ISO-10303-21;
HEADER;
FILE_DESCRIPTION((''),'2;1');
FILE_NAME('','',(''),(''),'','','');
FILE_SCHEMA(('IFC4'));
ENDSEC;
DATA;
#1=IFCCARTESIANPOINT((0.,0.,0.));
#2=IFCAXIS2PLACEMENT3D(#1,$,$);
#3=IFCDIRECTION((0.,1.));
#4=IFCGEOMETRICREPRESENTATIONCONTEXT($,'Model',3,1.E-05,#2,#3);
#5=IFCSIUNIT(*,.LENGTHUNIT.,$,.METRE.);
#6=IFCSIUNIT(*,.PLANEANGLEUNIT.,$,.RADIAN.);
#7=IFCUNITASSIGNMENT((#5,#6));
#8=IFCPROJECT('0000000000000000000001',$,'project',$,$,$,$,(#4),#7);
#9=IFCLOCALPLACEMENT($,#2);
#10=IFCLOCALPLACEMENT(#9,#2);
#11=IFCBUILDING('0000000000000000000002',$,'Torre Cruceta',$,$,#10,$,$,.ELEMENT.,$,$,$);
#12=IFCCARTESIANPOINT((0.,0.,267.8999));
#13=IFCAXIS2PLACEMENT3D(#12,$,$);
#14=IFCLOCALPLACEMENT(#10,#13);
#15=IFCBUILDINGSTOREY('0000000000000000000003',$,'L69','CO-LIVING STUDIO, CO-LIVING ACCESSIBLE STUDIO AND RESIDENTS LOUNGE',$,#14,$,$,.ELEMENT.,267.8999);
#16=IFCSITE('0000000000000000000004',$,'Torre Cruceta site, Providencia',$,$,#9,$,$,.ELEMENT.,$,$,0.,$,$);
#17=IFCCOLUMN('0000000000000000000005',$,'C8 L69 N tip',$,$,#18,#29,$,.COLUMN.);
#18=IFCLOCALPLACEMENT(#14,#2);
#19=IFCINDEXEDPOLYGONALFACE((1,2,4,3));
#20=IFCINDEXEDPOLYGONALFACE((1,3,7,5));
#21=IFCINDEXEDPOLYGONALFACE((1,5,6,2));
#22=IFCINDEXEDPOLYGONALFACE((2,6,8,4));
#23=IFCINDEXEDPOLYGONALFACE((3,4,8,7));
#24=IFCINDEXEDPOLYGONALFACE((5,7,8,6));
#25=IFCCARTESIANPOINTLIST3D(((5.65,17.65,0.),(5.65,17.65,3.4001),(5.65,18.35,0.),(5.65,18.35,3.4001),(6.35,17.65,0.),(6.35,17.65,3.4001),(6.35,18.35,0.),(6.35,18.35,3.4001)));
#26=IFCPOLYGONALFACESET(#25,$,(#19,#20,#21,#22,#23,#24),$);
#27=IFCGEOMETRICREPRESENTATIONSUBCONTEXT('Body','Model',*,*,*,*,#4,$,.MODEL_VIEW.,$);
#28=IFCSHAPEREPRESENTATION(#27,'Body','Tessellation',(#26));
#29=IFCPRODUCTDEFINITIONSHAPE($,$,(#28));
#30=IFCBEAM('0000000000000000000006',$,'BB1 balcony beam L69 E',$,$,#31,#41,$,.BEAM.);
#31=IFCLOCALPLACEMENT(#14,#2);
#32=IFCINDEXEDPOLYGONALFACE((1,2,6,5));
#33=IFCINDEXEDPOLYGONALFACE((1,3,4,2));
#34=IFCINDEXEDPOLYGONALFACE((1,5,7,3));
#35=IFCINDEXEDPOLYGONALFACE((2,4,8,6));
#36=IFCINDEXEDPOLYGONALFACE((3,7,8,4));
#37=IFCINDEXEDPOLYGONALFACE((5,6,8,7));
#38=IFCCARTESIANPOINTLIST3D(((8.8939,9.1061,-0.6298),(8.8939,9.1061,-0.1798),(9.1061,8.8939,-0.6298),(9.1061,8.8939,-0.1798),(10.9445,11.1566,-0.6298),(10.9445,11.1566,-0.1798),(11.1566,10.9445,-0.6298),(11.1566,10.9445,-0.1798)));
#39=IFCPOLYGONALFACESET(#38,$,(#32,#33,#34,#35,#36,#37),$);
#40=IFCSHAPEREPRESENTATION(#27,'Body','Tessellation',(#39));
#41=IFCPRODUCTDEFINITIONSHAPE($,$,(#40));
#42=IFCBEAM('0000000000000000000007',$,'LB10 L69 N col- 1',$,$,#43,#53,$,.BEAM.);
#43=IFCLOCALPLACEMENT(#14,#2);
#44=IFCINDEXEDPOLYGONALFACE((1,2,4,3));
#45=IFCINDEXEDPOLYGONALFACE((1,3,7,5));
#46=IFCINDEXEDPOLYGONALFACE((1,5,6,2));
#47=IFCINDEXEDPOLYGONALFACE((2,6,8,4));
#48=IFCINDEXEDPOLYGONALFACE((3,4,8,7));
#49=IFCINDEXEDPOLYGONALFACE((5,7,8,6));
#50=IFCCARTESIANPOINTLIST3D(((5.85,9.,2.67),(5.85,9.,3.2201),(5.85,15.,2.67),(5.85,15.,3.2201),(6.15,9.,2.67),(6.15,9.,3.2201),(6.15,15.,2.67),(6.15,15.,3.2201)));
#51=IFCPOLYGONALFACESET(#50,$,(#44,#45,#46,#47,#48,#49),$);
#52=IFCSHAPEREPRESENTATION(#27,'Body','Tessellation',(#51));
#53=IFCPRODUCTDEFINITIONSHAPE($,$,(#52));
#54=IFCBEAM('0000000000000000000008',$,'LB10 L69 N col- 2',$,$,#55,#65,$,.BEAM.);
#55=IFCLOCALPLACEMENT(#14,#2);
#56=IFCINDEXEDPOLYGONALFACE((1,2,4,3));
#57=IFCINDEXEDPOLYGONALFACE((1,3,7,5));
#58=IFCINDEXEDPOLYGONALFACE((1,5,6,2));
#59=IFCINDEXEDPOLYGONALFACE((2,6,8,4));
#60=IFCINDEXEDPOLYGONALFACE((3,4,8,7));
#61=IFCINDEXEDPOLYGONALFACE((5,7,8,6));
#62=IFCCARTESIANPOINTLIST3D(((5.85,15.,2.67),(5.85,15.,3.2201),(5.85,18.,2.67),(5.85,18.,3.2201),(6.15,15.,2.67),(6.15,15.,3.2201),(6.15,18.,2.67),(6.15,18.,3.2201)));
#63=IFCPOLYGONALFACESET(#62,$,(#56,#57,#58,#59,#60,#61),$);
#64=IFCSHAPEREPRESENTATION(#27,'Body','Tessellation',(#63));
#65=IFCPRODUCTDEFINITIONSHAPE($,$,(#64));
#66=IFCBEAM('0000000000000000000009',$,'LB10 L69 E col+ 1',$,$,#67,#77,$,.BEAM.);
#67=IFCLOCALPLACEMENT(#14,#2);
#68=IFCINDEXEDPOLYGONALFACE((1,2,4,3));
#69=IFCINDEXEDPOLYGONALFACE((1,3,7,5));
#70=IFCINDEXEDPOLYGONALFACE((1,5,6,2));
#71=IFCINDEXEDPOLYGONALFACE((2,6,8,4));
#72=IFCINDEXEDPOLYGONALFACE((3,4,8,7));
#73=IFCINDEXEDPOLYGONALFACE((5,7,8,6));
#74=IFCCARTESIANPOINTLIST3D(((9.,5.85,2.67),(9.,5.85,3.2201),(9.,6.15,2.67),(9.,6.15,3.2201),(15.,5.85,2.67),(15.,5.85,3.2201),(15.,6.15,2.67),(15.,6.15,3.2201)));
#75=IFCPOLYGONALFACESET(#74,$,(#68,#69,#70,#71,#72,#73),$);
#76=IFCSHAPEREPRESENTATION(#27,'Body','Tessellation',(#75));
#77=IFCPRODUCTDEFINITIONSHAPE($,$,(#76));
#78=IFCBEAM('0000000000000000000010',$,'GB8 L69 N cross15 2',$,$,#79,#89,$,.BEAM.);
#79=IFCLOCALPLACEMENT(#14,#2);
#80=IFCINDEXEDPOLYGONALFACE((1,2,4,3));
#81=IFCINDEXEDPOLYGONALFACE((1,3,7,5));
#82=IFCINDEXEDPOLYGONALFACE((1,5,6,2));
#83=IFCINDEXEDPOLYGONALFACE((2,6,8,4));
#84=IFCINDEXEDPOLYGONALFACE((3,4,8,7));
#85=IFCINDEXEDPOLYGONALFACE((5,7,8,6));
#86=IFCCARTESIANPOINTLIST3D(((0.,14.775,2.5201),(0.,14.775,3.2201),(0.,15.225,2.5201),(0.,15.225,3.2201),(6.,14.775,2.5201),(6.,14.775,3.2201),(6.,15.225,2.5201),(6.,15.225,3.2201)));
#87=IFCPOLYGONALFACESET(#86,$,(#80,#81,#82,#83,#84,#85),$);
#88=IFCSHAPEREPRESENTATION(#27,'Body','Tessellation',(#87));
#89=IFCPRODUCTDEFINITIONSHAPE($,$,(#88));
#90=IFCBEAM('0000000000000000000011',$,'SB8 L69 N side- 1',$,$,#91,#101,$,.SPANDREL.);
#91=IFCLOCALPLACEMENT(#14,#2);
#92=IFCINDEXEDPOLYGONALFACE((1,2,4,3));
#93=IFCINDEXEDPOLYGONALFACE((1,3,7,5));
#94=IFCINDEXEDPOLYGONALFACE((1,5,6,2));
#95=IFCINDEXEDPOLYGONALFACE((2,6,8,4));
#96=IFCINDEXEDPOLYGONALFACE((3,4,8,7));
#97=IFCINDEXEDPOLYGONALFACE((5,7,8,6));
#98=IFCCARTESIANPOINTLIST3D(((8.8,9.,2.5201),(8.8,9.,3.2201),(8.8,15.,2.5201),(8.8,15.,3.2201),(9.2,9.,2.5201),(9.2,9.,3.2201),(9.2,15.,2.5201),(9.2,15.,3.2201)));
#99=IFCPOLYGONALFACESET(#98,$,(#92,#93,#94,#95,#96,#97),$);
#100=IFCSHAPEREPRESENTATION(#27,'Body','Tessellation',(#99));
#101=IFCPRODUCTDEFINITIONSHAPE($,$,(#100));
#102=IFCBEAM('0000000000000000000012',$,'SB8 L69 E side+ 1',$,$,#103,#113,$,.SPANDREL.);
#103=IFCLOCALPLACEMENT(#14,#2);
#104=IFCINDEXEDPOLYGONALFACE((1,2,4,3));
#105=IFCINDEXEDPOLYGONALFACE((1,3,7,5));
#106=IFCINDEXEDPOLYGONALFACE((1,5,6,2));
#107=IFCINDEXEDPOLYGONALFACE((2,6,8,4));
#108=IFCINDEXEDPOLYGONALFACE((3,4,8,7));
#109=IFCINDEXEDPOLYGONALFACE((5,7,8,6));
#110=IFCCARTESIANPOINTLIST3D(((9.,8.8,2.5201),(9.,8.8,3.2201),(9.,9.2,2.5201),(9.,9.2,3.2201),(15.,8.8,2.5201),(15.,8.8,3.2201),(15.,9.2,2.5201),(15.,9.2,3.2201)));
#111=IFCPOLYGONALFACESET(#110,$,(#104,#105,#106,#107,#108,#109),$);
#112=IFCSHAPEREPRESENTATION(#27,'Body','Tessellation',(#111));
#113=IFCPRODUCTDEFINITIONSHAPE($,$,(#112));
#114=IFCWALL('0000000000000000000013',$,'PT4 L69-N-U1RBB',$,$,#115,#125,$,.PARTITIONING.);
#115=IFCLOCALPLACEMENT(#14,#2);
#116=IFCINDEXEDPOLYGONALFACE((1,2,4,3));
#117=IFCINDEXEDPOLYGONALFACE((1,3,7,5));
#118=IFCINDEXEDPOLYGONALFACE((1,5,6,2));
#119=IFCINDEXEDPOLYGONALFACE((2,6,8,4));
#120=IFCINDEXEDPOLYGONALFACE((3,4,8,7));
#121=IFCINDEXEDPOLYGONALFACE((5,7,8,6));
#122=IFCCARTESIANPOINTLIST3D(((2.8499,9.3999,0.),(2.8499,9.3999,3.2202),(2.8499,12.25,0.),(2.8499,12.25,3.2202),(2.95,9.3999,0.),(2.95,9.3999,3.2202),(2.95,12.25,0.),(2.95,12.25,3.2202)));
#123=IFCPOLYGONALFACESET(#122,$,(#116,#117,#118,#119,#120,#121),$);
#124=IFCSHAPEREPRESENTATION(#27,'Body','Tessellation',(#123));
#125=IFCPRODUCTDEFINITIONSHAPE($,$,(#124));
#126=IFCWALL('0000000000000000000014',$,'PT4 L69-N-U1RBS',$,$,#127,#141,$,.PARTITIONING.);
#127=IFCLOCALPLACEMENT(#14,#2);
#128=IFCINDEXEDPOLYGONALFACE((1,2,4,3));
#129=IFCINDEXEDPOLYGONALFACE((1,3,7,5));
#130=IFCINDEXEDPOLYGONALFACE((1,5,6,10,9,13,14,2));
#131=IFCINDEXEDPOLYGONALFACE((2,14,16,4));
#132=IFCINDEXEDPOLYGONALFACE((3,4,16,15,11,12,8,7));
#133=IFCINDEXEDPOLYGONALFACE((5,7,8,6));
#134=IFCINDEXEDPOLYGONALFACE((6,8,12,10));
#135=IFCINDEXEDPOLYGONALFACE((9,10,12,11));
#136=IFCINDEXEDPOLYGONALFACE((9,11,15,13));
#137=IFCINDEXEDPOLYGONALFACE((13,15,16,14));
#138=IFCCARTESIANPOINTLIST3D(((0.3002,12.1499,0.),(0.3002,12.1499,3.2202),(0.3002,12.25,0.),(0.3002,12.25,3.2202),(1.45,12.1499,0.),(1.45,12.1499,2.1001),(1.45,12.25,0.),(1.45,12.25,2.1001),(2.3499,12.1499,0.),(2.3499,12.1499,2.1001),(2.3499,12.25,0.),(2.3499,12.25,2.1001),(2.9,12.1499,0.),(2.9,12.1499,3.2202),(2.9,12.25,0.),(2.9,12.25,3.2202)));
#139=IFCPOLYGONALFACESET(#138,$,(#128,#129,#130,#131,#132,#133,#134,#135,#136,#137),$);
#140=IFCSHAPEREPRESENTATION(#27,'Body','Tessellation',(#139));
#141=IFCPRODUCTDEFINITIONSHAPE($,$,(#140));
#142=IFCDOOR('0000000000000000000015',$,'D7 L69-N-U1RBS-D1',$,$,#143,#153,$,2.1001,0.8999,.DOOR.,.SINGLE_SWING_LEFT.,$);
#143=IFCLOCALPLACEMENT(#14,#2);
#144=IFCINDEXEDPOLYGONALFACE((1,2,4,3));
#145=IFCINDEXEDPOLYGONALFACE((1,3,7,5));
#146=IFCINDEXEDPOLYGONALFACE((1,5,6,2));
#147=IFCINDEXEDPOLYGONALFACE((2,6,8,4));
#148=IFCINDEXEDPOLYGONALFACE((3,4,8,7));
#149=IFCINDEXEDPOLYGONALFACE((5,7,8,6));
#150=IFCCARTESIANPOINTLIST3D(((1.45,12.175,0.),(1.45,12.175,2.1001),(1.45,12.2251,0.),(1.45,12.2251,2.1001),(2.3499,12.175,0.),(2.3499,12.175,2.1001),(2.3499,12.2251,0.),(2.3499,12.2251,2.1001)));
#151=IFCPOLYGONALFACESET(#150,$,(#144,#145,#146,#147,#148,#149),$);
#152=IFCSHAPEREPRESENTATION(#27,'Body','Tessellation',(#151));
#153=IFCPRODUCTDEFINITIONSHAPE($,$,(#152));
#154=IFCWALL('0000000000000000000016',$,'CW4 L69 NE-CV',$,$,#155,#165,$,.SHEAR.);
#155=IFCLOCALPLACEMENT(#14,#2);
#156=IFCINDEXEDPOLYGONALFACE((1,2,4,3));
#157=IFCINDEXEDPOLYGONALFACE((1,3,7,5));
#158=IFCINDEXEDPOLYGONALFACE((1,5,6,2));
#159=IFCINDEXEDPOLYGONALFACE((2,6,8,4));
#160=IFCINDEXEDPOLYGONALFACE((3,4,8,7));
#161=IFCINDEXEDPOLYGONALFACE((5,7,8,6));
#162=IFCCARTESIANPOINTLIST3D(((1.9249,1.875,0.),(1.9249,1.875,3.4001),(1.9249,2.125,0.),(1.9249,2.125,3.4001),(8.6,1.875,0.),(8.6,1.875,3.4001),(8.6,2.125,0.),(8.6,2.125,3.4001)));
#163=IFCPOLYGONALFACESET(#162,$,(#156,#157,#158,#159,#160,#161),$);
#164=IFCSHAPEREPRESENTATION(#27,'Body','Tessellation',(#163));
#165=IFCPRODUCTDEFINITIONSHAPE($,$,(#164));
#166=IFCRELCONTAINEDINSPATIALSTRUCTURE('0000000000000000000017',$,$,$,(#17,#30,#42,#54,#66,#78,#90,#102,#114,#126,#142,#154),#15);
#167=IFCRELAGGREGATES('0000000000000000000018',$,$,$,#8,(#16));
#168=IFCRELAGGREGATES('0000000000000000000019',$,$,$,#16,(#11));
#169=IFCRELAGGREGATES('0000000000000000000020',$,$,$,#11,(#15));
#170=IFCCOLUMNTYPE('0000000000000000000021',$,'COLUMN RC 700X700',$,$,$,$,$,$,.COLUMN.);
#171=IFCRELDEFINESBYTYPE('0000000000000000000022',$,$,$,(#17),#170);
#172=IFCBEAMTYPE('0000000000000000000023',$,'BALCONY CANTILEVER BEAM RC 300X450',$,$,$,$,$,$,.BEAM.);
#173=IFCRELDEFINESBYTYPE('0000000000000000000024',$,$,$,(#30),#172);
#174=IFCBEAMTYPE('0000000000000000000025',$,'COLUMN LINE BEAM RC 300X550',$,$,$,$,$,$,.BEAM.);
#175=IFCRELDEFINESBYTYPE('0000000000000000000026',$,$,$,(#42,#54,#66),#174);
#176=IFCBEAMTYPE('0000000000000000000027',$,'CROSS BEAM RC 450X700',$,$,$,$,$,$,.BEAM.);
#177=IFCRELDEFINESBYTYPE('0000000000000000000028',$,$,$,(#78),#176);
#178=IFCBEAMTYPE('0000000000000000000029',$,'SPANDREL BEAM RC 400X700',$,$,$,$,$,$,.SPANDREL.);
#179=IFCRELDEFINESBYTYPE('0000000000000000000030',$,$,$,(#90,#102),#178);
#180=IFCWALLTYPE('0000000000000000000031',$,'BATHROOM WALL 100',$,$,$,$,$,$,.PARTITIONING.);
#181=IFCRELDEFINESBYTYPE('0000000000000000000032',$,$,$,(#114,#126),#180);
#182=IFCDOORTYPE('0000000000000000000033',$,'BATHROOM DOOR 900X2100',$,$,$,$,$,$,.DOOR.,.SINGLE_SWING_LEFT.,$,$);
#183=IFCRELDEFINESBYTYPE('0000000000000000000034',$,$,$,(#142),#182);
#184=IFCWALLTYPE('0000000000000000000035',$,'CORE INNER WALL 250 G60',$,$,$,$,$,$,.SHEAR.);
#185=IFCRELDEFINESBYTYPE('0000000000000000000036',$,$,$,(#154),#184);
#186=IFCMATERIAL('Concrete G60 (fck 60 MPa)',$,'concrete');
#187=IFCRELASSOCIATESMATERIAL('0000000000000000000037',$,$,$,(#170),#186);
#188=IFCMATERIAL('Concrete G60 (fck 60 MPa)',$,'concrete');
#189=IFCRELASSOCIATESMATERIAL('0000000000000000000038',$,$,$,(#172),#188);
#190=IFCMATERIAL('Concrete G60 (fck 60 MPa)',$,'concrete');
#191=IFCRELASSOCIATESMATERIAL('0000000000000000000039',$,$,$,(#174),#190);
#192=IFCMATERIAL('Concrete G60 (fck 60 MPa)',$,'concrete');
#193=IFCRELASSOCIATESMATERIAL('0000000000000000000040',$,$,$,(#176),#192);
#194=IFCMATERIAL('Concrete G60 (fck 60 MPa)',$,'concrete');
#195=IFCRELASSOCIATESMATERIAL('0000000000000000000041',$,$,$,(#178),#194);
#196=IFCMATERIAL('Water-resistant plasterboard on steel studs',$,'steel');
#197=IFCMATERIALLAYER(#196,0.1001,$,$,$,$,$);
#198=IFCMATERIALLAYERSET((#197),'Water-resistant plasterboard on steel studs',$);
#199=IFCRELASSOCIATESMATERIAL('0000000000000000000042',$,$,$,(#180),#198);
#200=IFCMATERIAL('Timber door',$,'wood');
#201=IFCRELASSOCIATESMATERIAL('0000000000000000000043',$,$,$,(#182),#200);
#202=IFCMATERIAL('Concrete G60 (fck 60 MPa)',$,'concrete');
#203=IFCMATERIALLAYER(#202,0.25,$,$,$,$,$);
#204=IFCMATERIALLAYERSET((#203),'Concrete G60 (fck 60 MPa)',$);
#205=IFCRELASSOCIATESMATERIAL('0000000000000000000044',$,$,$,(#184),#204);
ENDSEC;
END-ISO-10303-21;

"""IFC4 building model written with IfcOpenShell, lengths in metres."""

from ifc_helpers import new_model, si_unit, direction, frame, frame_2d, origin, origin_2d, place, context, subcontext, project, spatial, rectangle, extrude, material, layer, layer_set, material_profile, profile_set, type_object, element, fill, save


model = new_model("IFC4")

# Units and contexts
model_context = context("Model", 3, precision=1e-05, world=origin(), true_north=direction((0.0, 1.0)))
body_context = subcontext(model_context, "Body", "Model", "MODEL_VIEW")
ifc_project = project(units=[si_unit("LENGTHUNIT", "METRE"), si_unit("PLANEANGLEUNIT", "RADIAN")], contexts=[model_context])

# Site, building, storey
site_placement = place(None, origin())
site = spatial("IfcSite", under=ifc_project, at=site_placement, Name="Torre Cruceta site, Providencia", CompositionType="ELEMENT", RefElevation=0.0)
building_placement = place(site_placement, origin())
building = spatial("IfcBuilding", under=site, at=building_placement, Name="Torre Cruceta", CompositionType="ELEMENT")
storey_placement = place(building_placement, frame((0.0, 0.0, 267.8999)))
storey = spatial("IfcBuildingStorey", under=building, at=storey_placement, Name="L69", Description="CO-LIVING STUDIO, CO-LIVING ACCESSIBLE STUDIO AND RESIDENTS LOUNGE", CompositionType="ELEMENT", Elevation=267.8999)

# Column
ifc_material_1 = material(Name="Concrete G60 (fck 60 MPa)", Category="concrete")
ifc_material_profile_1 = material_profile(ifc_material_1, rectangle(XDim=0.7, YDim=0.7, at=origin_2d()), Name="RC 700X700")
ifc_profile_set_1 = profile_set([ifc_material_profile_1], Name="Concrete G60 (fck 60 MPa)")
column_type = type_object("IfcColumnType", Name="COLUMN RC 700X700", PredefinedType="COLUMN", material=ifc_profile_set_1)
column_placement = place(storey_placement, frame((6.0, 18.0, 0.0), z_axis=(0.0, 0.0, 1.0), x_axis=(1.0, 0.0, 0.0)))
element("IfcColumn", 1, at=column_placement, inside=storey, type_object=column_type, Name="C8 L69 N tip", PredefinedType="COLUMN", context=body_context, shape_type="SweptSolid", body=[
    extrude(rectangle(XDim=0.7, YDim=0.7, at=origin_2d()), origin(), (0.0, 0.0, 1.0), 3.4001),
])

# Beams
ifc_material_2 = material(Name="Concrete G60 (fck 60 MPa)", Category="concrete")
ifc_material_profile_2 = material_profile(ifc_material_2, rectangle(XDim=0.3, YDim=0.45, at=origin_2d()), Name="RC 300X450")
ifc_profile_set_2 = profile_set([ifc_material_profile_2], Name="Concrete G60 (fck 60 MPa)")
beam_type_1 = type_object("IfcBeamType", Name="BALCONY CANTILEVER BEAM RC 300X450", PredefinedType="BEAM", material=ifc_profile_set_2)
beam_1_placement = place(storey_placement, frame((9.0, 9.0, -0.4048), z_axis=(0.707107, 0.707107, 0.0), x_axis=(-0.707107, 0.707107, 0.0)))
element("IfcBeam", 2, at=beam_1_placement, inside=storey, type_object=beam_type_1, Name="BB1 balcony beam L69 E", PredefinedType="BEAM", context=body_context, shape_type="SweptSolid", body=[
    extrude(rectangle(XDim=0.3, YDim=0.45, at=origin_2d()), origin(), (0.0, 0.0, 1.0), 2.8999),
])
ifc_material_3 = material(Name="Concrete G60 (fck 60 MPa)", Category="concrete")
ifc_material_profile_3 = material_profile(ifc_material_3, rectangle(XDim=0.3, YDim=0.55, at=origin_2d()), Name="RC 300X550")
ifc_profile_set_3 = profile_set([ifc_material_profile_3], Name="Concrete G60 (fck 60 MPa)")
beam_type_2 = type_object("IfcBeamType", Name="COLUMN LINE BEAM RC 300X550", PredefinedType="BEAM", material=ifc_profile_set_3)
beam_2_placement = place(storey_placement, frame((6.0, 9.0, 2.9451), z_axis=(0.0, 1.0, 0.0), x_axis=(-1.0, 0.0, 0.0)))
element("IfcBeam", 3, at=beam_2_placement, inside=storey, type_object=beam_type_2, Name="LB10 L69 N col- 1", PredefinedType="BEAM", context=body_context, shape_type="SweptSolid", body=[
    extrude(rectangle(XDim=0.3, YDim=0.55, at=origin_2d()), origin(), (0.0, 0.0, 1.0), 6.0),
])
beam_3_placement = place(storey_placement, frame((6.0, 15.0, 2.9451), z_axis=(0.0, 1.0, 0.0), x_axis=(-1.0, 0.0, 0.0)))
element("IfcBeam", 4, at=beam_3_placement, inside=storey, type_object=beam_type_2, Name="LB10 L69 N col- 2", PredefinedType="BEAM", context=body_context, shape_type="SweptSolid", body=[
    extrude(rectangle(XDim=0.3, YDim=0.55, at=origin_2d()), origin(), (0.0, 0.0, 1.0), 3.0),
])
beam_4_placement = place(storey_placement, frame((9.0, 6.0, 2.9451), z_axis=(1.0, 0.0, 0.0), x_axis=(0.0, 1.0, 0.0)))
element("IfcBeam", 5, at=beam_4_placement, inside=storey, type_object=beam_type_2, Name="LB10 L69 E col+ 1", PredefinedType="BEAM", context=body_context, shape_type="SweptSolid", body=[
    extrude(rectangle(XDim=0.3, YDim=0.55, at=origin_2d()), origin(), (0.0, 0.0, 1.0), 6.0),
])
ifc_material_4 = material(Name="Concrete G60 (fck 60 MPa)", Category="concrete")
ifc_material_profile_4 = material_profile(ifc_material_4, rectangle(XDim=0.45, YDim=0.7, at=origin_2d()), Name="RC 450X700")
ifc_profile_set_4 = profile_set([ifc_material_profile_4], Name="Concrete G60 (fck 60 MPa)")
beam_type_3 = type_object("IfcBeamType", Name="CROSS BEAM RC 450X700", PredefinedType="BEAM", material=ifc_profile_set_4)
beam_5_placement = place(storey_placement, frame((6.0, 15.0, 2.8701), z_axis=(-1.0, 0.0, 0.0), x_axis=(0.0, -1.0, 0.0)))
element("IfcBeam", 6, at=beam_5_placement, inside=storey, type_object=beam_type_3, Name="GB8 L69 N cross15 2", PredefinedType="BEAM", context=body_context, shape_type="SweptSolid", body=[
    extrude(rectangle(XDim=0.45, YDim=0.7, at=origin_2d()), origin(), (0.0, 0.0, 1.0), 6.0),
])
ifc_material_5 = material(Name="Concrete G60 (fck 60 MPa)", Category="concrete")
ifc_material_profile_5 = material_profile(ifc_material_5, rectangle(XDim=0.3999, YDim=0.7, at=origin_2d()), Name="RC 400X700")
ifc_profile_set_5 = profile_set([ifc_material_profile_5], Name="Concrete G60 (fck 60 MPa)")
beam_type_4 = type_object("IfcBeamType", Name="SPANDREL BEAM RC 400X700", PredefinedType="SPANDREL", material=ifc_profile_set_5)
for number, where, z_axis, x_axis, name in (
    (7, (9.0, 9.0, 2.8701), (0.0, 1.0, 0.0), (-1.0, 0.0, 0.0), "SB8 L69 N side- 1"),
    (8, (9.0, 9.0, 2.8701), (1.0, 0.0, 0.0), (0.0, 1.0, 0.0), "SB8 L69 E side+ 1"),
):
    element("IfcBeam", number, at=place(storey_placement, frame(where, z_axis=z_axis, x_axis=x_axis)), inside=storey, type_object=beam_type_4, Name=name, PredefinedType="SPANDREL", context=body_context, shape_type="SweptSolid", body=[
        extrude(rectangle(XDim=0.3999, YDim=0.7, at=origin_2d()), origin(), (0.0, 0.0, 1.0), 6.0),
    ])

# Wall
ifc_material_6 = material(Name="Water-resistant plasterboard on steel studs", Category="steel")
ifc_layer_1 = layer(ifc_material_6, 0.1001)
ifc_layer_set_1 = layer_set([ifc_layer_1], Name="Water-resistant plasterboard on steel studs")
wall_type_1 = type_object("IfcWallType", Name="BATHROOM WALL 100", PredefinedType="PARTITIONING", material=ifc_layer_set_1)
wall_1_placement = place(storey_placement, frame((2.8999, 9.3999, 0.0), z_axis=(0.0, 0.0, 1.0), x_axis=(0.0, 1.0, 0.0)))
element("IfcWall", 9, at=wall_1_placement, inside=storey, type_object=wall_type_1, Name="PT4 L69-N-U1RBB", PredefinedType="PARTITIONING", context=body_context, shape_type="SweptSolid", body=[
    extrude(rectangle(XDim=2.8501, YDim=0.1001, at=frame_2d((1.425, 0.0))), origin(), (0.0, 0.0, 1.0), 3.2202),
])

# Wall, opening, door
wall_2_placement = place(storey_placement, frame((2.8999, 12.2, 0.0), z_axis=(0.0, 0.0, 1.0), x_axis=(-1.0, 0.0, 0.0)))
wall_2 = element("IfcWall", 10, at=wall_2_placement, inside=storey, type_object=wall_type_1, Name="PT4 L69-N-U1RBS", PredefinedType="PARTITIONING", context=body_context, shape_type="SweptSolid", body=[
    extrude(rectangle(XDim=2.5999, YDim=0.1001, at=frame_2d((1.2998, 0.0))), origin(), (0.0, 0.0, 1.0), 3.2202),
])
opening_1_placement = place(wall_2_placement, frame((0.55, 0.0, 0.0)))
opening_1 = element("IfcOpeningElement", 11, at=opening_1_placement, cuts=wall_2, PredefinedType="OPENING", context=body_context, shape_type="SweptSolid", body=[
    extrude(rectangle(XDim=0.8999, YDim=2.1001, at=frame_2d((0.45, 1.05))), frame((0.0, 0.0601, 0.0), z_axis=(0.0, -1.0, 0.0), x_axis=(1.0, 0.0, 0.0)), (0.0, 0.0, 1.0), 0.1201),
])
ifc_material_7 = material(Name="Timber door", Category="wood")
door_type_1 = type_object("IfcDoorType", Name="BATHROOM DOOR 900X2100", OperationType="SINGLE_SWING_LEFT", PredefinedType="DOOR", material=ifc_material_7)
door_1_placement = place(opening_1_placement, origin())
door_1 = element("IfcDoor", 12, at=door_1_placement, inside=storey, type_object=door_type_1, Name="D7 L69-N-U1RBS-D1", OperationType="SINGLE_SWING_LEFT", OverallHeight=2.1001, OverallWidth=0.8999, PredefinedType="DOOR", context=body_context, shape_type="SweptSolid", body=[
    extrude(rectangle(XDim=0.8999, YDim=2.1001, at=frame_2d((0.45, 1.05))), frame((0.0, 0.0249, 0.0), z_axis=(0.0, -1.0, 0.0), x_axis=(1.0, 0.0, 0.0)), (0.0, 0.0, 1.0), 0.05),
])
fill(opening_1, door_1)

# Wall
ifc_material_8 = material(Name="Concrete G60 (fck 60 MPa)", Category="concrete")
ifc_layer_2 = layer(ifc_material_8, 0.25)
ifc_layer_set_2 = layer_set([ifc_layer_2], Name="Concrete G60 (fck 60 MPa)")
wall_type_2 = type_object("IfcWallType", Name="CORE INNER WALL 250 G60", PredefinedType="SHEAR", material=ifc_layer_set_2)
wall_3_placement = place(storey_placement, frame((1.925, 2.0, 0.0), z_axis=(0.0, 0.0, 1.0), x_axis=(1.0, 0.0, 0.0)))
element("IfcWall", 13, at=wall_3_placement, inside=storey, type_object=wall_type_2, Name="CW4 L69 NE-CV", PredefinedType="SHEAR", context=body_context, shape_type="SweptSolid", body=[
    extrude(rectangle(XDim=6.675, YDim=0.25, at=frame_2d((3.3374, 0.0))), origin(), (0.0, 0.0, 1.0), 3.4001),
])

save(model, "model.ifc")
